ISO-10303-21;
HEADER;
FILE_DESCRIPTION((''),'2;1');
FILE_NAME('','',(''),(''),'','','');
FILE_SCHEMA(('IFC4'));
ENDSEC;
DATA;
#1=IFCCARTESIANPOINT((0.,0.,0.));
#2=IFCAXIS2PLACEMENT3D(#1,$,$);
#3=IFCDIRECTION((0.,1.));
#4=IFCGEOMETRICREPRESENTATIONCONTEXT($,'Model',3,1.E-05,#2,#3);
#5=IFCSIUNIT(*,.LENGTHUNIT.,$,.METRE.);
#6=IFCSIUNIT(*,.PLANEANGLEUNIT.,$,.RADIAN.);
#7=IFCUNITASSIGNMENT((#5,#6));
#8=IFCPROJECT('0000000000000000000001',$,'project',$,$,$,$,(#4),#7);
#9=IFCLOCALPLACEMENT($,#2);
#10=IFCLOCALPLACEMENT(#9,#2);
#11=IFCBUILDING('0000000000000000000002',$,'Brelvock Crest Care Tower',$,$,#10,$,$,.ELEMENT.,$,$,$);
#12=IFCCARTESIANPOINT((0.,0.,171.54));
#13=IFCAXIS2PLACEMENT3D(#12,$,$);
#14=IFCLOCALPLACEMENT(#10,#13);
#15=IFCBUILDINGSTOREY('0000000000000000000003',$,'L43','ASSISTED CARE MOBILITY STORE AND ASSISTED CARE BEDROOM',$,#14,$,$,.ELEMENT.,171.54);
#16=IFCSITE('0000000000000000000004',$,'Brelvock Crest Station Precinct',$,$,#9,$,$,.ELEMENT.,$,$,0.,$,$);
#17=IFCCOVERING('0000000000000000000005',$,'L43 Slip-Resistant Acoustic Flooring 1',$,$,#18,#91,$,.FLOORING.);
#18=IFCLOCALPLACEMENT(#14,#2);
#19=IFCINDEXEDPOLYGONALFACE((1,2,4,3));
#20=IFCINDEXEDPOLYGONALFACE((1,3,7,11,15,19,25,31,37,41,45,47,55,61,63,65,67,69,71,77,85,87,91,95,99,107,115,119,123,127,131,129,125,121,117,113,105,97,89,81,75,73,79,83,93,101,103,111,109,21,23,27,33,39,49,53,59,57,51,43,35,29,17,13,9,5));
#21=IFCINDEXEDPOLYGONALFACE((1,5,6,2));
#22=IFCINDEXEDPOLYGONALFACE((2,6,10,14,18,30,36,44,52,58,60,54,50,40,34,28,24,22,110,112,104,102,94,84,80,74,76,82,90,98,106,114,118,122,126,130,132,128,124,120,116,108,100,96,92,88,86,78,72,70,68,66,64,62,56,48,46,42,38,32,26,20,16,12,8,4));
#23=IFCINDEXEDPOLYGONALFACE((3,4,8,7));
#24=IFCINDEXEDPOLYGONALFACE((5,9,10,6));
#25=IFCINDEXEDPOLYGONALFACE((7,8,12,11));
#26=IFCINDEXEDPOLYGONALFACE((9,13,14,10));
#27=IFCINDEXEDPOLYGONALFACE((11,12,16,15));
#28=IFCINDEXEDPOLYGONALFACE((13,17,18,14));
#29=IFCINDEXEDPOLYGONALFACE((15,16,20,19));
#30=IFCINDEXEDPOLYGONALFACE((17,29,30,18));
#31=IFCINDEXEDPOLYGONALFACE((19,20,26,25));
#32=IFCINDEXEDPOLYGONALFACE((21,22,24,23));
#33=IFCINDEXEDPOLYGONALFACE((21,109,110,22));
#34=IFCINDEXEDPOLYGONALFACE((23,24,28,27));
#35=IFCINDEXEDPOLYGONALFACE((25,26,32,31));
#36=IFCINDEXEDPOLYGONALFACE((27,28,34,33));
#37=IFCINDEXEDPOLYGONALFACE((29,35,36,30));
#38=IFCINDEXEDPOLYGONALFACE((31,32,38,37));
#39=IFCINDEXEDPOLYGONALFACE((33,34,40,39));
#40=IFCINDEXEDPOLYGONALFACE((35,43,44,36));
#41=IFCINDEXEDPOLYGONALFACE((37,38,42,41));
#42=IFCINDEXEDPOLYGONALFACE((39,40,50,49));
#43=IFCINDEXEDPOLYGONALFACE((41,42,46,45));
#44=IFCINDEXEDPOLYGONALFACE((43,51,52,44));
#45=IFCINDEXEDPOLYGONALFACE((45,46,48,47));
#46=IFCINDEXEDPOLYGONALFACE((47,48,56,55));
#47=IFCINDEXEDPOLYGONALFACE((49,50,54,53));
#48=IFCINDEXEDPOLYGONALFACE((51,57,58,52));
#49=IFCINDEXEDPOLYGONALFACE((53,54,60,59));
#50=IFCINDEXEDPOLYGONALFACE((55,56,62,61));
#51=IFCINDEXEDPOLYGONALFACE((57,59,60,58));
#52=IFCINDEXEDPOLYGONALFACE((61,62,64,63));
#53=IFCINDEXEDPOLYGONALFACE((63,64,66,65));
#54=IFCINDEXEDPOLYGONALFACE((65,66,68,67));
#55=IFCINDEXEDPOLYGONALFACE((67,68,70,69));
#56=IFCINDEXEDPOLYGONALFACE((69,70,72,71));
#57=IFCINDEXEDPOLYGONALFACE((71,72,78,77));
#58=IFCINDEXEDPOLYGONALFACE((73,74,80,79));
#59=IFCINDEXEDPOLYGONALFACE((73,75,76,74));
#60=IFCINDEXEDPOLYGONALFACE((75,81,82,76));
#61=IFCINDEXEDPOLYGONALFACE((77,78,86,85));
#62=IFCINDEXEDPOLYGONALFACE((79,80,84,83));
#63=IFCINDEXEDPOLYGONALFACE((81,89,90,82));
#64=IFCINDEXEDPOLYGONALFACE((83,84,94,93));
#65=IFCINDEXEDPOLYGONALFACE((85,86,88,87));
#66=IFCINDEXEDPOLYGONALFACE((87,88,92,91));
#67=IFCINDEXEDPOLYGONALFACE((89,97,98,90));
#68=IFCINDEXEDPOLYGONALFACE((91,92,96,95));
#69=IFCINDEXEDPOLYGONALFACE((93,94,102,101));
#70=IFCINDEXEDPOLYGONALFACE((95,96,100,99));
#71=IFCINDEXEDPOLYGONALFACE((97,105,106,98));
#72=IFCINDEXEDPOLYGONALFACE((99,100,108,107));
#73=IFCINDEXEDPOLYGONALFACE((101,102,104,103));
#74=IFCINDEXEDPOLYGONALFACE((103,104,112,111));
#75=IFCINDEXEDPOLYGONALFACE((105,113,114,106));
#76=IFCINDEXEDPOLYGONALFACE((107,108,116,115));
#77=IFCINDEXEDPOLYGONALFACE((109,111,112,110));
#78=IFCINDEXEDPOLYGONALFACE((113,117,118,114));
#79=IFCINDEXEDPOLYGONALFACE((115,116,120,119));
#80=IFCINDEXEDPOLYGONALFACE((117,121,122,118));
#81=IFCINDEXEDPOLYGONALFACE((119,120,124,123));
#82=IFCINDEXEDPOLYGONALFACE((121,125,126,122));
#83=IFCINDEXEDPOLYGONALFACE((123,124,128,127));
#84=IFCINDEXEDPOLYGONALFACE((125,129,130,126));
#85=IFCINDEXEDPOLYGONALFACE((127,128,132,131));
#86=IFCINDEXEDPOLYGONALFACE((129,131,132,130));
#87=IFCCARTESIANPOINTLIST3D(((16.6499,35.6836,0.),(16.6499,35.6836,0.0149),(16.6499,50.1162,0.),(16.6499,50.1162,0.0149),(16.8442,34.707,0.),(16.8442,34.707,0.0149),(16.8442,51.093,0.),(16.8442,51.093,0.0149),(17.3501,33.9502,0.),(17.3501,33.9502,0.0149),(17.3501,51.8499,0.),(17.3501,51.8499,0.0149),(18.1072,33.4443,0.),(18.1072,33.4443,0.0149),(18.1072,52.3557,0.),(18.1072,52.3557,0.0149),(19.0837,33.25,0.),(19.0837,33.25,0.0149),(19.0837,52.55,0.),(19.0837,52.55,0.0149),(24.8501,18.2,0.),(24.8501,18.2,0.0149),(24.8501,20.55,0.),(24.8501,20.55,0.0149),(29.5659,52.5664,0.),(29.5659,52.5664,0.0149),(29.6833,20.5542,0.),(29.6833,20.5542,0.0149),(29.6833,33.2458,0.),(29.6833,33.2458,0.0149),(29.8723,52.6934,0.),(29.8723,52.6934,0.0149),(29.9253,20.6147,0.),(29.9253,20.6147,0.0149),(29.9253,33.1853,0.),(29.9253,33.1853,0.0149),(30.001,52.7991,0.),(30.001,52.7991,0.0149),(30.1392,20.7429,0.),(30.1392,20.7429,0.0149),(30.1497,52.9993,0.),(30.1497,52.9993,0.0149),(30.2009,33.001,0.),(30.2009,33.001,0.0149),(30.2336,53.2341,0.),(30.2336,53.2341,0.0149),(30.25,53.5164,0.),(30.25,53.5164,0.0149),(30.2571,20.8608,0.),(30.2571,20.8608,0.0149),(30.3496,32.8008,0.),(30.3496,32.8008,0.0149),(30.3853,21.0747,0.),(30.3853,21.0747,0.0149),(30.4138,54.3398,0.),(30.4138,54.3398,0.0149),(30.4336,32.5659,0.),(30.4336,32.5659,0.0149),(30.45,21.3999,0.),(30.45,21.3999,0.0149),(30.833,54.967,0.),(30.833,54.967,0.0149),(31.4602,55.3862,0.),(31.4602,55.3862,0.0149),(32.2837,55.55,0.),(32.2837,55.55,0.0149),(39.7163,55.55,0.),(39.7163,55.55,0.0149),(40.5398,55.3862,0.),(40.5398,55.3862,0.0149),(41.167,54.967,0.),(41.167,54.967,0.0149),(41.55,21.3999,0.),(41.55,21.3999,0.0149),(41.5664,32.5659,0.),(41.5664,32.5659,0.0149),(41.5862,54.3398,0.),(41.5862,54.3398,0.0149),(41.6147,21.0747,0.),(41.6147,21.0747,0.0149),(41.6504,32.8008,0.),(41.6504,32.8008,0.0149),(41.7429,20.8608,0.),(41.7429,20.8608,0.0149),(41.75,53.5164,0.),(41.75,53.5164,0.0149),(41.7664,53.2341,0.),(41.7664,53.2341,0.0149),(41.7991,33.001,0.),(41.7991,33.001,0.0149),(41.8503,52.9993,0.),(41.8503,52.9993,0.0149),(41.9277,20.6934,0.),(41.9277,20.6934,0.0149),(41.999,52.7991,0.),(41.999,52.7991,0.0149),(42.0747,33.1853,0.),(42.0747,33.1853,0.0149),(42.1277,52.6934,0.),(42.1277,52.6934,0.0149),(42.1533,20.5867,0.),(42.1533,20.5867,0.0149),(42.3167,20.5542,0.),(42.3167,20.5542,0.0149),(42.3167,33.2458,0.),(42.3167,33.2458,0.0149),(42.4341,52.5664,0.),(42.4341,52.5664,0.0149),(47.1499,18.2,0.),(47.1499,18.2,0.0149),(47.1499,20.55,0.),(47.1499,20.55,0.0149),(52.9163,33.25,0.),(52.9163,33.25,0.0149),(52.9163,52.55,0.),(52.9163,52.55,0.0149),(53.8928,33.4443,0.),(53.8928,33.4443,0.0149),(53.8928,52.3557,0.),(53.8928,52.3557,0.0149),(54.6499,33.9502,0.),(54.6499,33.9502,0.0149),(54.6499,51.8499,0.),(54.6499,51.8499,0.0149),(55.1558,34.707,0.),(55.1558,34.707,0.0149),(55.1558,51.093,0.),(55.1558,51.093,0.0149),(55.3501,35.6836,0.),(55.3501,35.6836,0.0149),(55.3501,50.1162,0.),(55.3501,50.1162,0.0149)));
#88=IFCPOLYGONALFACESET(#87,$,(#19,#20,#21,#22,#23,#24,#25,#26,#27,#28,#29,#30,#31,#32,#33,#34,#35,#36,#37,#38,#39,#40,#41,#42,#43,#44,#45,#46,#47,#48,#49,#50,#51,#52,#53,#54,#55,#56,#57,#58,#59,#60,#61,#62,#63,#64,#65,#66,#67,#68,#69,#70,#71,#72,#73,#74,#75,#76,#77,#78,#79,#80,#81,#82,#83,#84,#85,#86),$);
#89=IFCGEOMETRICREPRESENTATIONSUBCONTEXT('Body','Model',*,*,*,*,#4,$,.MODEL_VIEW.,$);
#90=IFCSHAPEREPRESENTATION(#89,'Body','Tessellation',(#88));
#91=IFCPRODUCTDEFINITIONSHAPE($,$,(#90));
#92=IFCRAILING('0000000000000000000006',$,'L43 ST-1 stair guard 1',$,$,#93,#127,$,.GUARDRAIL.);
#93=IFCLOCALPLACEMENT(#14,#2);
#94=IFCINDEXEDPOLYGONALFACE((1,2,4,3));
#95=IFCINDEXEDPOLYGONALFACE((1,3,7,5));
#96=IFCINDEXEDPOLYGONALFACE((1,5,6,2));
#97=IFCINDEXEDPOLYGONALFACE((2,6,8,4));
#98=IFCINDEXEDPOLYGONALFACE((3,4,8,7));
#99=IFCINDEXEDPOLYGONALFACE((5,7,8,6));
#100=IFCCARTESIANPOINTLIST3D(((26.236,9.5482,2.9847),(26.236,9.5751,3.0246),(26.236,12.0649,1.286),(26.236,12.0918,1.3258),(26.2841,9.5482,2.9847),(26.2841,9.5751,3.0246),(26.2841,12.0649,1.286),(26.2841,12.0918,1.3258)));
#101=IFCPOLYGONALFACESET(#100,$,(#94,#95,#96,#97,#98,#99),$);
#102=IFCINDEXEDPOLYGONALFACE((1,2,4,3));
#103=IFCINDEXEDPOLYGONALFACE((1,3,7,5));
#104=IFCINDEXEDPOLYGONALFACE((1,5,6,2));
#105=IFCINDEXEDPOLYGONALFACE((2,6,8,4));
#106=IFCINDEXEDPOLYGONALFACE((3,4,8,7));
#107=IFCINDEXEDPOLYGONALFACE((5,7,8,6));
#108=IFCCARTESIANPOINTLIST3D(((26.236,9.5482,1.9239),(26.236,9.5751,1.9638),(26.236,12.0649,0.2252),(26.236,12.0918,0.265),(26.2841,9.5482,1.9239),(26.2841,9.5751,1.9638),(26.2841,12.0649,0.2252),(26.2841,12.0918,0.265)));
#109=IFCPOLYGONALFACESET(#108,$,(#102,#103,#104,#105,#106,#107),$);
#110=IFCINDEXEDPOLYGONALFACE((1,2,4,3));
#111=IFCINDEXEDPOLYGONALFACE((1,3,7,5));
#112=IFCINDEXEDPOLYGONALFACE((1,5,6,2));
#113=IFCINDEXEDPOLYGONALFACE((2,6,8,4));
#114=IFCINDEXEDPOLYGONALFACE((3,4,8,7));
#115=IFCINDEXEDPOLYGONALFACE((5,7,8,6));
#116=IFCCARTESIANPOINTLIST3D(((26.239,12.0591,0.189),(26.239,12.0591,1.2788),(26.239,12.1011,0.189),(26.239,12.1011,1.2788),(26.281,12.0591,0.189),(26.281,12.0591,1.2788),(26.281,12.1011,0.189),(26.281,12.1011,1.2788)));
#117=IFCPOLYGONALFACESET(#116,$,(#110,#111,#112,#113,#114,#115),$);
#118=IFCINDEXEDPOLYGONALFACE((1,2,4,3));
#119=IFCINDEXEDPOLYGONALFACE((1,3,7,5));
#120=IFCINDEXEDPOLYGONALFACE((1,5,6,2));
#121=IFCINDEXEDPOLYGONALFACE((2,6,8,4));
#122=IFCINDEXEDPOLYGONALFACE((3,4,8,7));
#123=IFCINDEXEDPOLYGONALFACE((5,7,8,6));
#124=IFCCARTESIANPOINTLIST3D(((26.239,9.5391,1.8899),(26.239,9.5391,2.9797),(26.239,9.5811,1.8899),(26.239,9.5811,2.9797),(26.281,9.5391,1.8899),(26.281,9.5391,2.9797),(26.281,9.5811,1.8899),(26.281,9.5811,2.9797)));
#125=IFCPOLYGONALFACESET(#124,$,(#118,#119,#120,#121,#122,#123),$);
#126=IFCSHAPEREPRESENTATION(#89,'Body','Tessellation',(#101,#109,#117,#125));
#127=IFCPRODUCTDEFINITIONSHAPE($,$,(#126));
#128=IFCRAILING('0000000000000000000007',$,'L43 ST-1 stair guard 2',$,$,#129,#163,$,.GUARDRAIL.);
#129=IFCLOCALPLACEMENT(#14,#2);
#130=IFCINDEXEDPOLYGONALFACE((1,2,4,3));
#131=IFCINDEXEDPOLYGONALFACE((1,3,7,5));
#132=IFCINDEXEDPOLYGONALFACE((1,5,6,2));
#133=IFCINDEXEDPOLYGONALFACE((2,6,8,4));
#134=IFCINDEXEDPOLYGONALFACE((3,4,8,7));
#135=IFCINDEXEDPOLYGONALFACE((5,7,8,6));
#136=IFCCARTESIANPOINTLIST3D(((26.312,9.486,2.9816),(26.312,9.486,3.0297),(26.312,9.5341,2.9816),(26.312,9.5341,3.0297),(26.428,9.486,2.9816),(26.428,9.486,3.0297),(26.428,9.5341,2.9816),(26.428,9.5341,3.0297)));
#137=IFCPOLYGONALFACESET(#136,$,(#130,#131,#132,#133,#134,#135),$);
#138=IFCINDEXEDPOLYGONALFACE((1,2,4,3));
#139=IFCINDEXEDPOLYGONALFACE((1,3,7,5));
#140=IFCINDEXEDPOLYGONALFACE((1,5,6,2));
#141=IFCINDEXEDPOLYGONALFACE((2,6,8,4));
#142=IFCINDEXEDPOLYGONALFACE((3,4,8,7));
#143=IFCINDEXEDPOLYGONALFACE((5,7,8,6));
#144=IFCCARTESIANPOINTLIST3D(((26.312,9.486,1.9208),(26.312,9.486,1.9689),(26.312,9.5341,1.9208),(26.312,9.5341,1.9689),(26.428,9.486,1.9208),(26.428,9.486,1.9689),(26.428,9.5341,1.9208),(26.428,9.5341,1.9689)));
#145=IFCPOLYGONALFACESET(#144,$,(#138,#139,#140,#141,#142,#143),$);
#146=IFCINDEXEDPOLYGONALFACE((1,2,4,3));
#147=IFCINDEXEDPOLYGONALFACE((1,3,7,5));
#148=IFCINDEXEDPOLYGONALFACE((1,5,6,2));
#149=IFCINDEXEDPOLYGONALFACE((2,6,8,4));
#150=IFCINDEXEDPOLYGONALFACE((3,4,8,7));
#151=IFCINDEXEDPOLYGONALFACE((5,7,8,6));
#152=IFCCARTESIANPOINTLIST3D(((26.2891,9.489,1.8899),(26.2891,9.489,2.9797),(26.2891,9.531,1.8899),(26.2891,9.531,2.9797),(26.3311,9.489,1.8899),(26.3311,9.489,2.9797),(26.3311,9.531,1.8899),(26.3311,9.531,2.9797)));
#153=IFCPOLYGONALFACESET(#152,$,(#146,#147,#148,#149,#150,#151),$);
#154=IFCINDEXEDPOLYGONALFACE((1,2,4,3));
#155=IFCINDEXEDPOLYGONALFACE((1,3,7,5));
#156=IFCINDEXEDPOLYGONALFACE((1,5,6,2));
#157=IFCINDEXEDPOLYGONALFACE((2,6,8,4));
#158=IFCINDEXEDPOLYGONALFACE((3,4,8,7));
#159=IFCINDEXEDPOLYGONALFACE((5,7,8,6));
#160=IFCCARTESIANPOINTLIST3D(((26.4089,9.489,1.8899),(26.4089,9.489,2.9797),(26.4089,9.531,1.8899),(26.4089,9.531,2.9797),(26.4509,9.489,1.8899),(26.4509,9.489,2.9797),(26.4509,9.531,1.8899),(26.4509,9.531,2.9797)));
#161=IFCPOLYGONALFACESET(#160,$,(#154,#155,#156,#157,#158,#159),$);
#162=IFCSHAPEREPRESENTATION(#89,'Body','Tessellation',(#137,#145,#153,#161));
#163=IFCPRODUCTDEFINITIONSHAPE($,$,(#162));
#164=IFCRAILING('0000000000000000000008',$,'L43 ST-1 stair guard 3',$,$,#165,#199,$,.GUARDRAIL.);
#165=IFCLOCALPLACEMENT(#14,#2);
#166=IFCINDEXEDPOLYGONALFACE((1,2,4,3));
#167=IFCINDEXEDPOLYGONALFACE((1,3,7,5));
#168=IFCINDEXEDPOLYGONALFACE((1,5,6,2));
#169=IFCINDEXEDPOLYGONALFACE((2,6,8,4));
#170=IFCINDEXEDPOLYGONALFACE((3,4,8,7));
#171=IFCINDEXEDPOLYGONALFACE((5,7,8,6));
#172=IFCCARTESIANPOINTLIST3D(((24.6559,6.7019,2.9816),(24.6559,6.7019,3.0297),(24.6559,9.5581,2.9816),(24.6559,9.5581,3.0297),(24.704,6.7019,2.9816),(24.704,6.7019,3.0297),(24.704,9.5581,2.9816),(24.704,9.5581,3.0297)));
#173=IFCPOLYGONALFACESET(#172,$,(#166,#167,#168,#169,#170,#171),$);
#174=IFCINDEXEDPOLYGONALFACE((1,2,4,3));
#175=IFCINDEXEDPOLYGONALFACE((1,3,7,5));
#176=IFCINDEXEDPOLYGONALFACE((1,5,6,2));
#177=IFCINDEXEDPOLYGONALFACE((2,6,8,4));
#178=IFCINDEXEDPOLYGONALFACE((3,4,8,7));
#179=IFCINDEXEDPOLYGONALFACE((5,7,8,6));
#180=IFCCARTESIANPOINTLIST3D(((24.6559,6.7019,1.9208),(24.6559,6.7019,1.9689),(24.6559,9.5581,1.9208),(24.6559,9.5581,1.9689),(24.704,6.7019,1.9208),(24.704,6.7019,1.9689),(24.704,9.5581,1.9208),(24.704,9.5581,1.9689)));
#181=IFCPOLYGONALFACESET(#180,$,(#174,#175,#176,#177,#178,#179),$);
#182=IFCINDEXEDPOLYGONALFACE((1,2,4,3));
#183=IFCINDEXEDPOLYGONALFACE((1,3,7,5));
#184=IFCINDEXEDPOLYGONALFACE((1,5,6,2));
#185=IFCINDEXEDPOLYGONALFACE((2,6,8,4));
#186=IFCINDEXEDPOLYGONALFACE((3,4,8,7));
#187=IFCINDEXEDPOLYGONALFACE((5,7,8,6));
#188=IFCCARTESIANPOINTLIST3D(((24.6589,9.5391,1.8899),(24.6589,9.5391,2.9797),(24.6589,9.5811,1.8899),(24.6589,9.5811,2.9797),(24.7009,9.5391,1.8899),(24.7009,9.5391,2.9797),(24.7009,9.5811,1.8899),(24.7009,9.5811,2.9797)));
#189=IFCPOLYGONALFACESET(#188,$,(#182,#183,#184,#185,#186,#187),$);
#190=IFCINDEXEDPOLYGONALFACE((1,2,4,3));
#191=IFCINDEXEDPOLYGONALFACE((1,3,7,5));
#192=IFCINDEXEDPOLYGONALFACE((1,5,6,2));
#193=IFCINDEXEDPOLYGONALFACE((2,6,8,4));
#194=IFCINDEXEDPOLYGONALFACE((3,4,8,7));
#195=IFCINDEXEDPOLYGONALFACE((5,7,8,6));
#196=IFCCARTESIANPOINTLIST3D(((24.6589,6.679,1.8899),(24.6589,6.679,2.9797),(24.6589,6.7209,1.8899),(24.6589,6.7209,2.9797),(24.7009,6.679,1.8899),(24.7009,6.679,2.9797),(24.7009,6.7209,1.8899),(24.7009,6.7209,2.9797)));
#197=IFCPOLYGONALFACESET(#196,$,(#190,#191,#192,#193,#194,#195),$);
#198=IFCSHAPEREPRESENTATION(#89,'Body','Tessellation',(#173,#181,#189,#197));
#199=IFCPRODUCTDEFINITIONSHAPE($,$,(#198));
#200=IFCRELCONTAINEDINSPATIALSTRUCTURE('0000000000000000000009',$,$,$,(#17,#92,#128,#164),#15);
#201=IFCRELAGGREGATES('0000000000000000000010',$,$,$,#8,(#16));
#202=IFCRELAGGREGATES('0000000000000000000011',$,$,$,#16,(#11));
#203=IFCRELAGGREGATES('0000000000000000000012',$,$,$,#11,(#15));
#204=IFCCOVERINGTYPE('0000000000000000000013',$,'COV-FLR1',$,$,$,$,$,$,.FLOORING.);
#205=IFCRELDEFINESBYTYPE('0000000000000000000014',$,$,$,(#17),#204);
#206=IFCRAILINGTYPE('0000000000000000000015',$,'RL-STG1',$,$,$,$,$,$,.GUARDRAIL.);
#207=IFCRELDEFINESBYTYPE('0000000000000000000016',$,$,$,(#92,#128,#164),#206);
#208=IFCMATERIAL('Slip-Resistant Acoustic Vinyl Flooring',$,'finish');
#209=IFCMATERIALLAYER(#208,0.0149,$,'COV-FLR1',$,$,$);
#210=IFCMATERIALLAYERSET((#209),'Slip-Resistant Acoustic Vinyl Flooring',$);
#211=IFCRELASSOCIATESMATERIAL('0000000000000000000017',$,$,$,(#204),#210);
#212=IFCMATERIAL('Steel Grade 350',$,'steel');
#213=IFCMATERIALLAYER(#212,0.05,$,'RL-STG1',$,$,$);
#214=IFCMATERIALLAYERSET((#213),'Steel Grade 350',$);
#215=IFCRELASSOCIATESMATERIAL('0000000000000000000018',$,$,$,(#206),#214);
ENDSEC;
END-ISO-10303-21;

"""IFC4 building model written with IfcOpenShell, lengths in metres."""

from ifc_helpers import new_model, si_unit, direction, frame, origin, origin_2d, place, context, subcontext, project, spatial, polyline, rectangle, outline, extrude, material, layer, layer_set, type_object, element, save


model = new_model("IFC4")

# Units and contexts
model_context = context("Model", 3, precision=1e-05, world=origin(), true_north=direction((0.0, 1.0)))
body_context = subcontext(model_context, "Body", "Model", "MODEL_VIEW")
ifc_project = project(units=[si_unit("LENGTHUNIT", "METRE"), si_unit("PLANEANGLEUNIT", "RADIAN")], contexts=[model_context])

# Site, building, storey
site_placement = place(None, origin())
site = spatial("IfcSite", under=ifc_project, at=site_placement, Name="Brelvock Crest Station Precinct", CompositionType="ELEMENT", RefElevation=0.0)
building_placement = place(site_placement, origin())
building = spatial("IfcBuilding", under=site, at=building_placement, Name="Brelvock Crest Care Tower", CompositionType="ELEMENT")
storey_placement = place(building_placement, frame((0.0, 0.0, 171.54)))
storey = spatial("IfcBuildingStorey", under=building, at=storey_placement, Name="L43", Description="ASSISTED CARE MOBILITY STORE AND ASSISTED CARE BEDROOM", CompositionType="ELEMENT", Elevation=171.54)

# Shared definitions
ifc_material_1 = material(Name="Steel Grade 350", Category="steel")

# Covering
ifc_material_2 = material(Name="Slip-Resistant Acoustic Vinyl Flooring", Category="finish")
ifc_layer_1 = layer(ifc_material_2, 0.0149, Name="COV-FLR1")
ifc_layer_set_1 = layer_set([ifc_layer_1], Name="Slip-Resistant Acoustic Vinyl Flooring")
covering_type_1 = type_object("IfcCoveringType", Name="COV-FLR1", PredefinedType="FLOORING", material=ifc_layer_set_1)
covering_1_placement = place(storey_placement, origin())
element("IfcCovering", 1, at=covering_1_placement, inside=storey, type_object=covering_type_1, Name="L43 Slip-Resistant Acoustic Flooring 1", PredefinedType="FLOORING", context=body_context, shape_type="SweptSolid", body=[
    extrude(outline(polyline([(24.8501, 18.2), (47.1499, 18.2), (47.1499, 20.55), (42.3167, 20.5542), (42.1533, 20.5867), (41.9277, 20.6934), (41.7429, 20.8608), (41.6147, 21.0747), (41.55, 21.3999), (41.5664, 32.5659), (41.6504, 32.8008), (41.7991, 33.001), (42.0747, 33.1853), (42.3167, 33.2458), (52.9163, 33.25), (53.8928, 33.4443), (54.6499, 33.9502), (55.1558, 34.707), (55.3501, 35.6836), (55.3501, 50.1162), (55.1558, 51.093), (54.6499, 51.8499), (53.8928, 52.3557), (52.9163, 52.55), (42.4341, 52.5664), (42.1277, 52.6934), (41.999, 52.7991), (41.8503, 52.9993), (41.7664, 53.2341), (41.75, 53.5164), (41.5862, 54.3398), (41.167, 54.967), (40.5398, 55.3862), (39.7163, 55.55), (32.2837, 55.55), (31.4602, 55.3862), (30.833, 54.967), (30.4138, 54.3398), (30.25, 53.5164), (30.2336, 53.2341), (30.1497, 52.9993), (30.001, 52.7991), (29.8723, 52.6934), (29.5659, 52.5664), (19.0837, 52.55), (18.1072, 52.3557), (17.3501, 51.8499), (16.8442, 51.093), (16.6499, 50.1162), (16.6499, 35.6836), (16.8442, 34.707), (17.3501, 33.9502), (18.1072, 33.4443), (19.0837, 33.25), (29.6833, 33.2458), (29.9253, 33.1853), (30.2009, 33.001), (30.3496, 32.8008), (30.4336, 32.5659), (30.45, 21.3999), (30.3853, 21.0747), (30.2571, 20.8608), (30.1392, 20.7429), (29.9253, 20.6147), (29.6833, 20.5542), (24.8501, 20.55), (24.8501, 18.2)])), origin(), (0.0, 0.0, 1.0), 0.0149),
])

# Railings
ifc_layer_2 = layer(ifc_material_1, 0.05, Name="RL-STG1")
ifc_layer_set_2 = layer_set([ifc_layer_2], Name="Steel Grade 350")
railing_type_1 = type_object("IfcRailingType", Name="RL-STG1", PredefinedType="GUARDRAIL", material=ifc_layer_set_2)
railing_1_placement = place(storey_placement, frame((26.26, 12.0801, 0.189)))
element("IfcRailing", 2, at=railing_1_placement, inside=storey, type_object=railing_type_1, Name="L43 ST-1 stair guard 1", PredefinedType="GUARDRAIL", context=body_context, shape_type="SweptSolid", body=[
    extrude(rectangle(XDim=0.0481, YDim=0.0481, at=origin_2d()), frame((0.0, -0.0017, 1.1169), z_axis=(0.0, -0.828862, 0.559454), x_axis=(1.0, 0.0, 0.0)), (0.0, 0.0, 1.0), 3.0364),
    extrude(rectangle(XDim=0.0481, YDim=0.0481, at=origin_2d()), frame((0.0, -0.0017, 0.0562), z_axis=(0.0, -0.828862, 0.559454), x_axis=(1.0, 0.0, 0.0)), (0.0, 0.0, 1.0), 3.0364),
    extrude(rectangle(XDim=0.042, YDim=0.042, at=origin_2d()), origin(), (0.0, 0.0, 1.0), 1.0898),
    extrude(rectangle(XDim=0.042, YDim=0.042, at=origin_2d()), frame((0.0, -2.52, 1.7009)), (0.0, 0.0, 1.0), 1.0898),
])
railing_2_placement = place(storey_placement, frame((26.3101, 9.51, 1.8899)))
element("IfcRailing", 3, at=railing_2_placement, inside=storey, type_object=railing_type_1, Name="L43 ST-1 stair guard 2", PredefinedType="GUARDRAIL", context=body_context, shape_type="SweptSolid", body=[
    extrude(rectangle(XDim=0.0481, YDim=0.0481, at=origin_2d()), frame((0.002, 0.0, 1.1157), z_axis=(1.0, 0.0, 0.0), x_axis=(0.0, 1.0, 0.0)), (0.0, 0.0, 1.0), 0.116),
    extrude(rectangle(XDim=0.0481, YDim=0.0481, at=origin_2d()), frame((0.002, 0.0, 0.0549), z_axis=(1.0, 0.0, 0.0), x_axis=(0.0, 1.0, 0.0)), (0.0, 0.0, 1.0), 0.116),
    extrude(rectangle(XDim=0.042, YDim=0.042, at=origin_2d()), origin(), (0.0, 0.0, 1.0), 1.0898),
    extrude(rectangle(XDim=0.042, YDim=0.042, at=origin_2d()), frame((0.1199, 0.0, 0.0)), (0.0, 0.0, 1.0), 1.0898),
])
railing_3_placement = place(storey_placement, frame((24.6799, 9.5601, 1.8899)))
element("IfcRailing", 4, at=railing_3_placement, inside=storey, type_object=railing_type_1, Name="L43 ST-1 stair guard 3", PredefinedType="GUARDRAIL", context=body_context, shape_type="SweptSolid", body=[
    extrude(rectangle(XDim=0.0481, YDim=0.0481, at=origin_2d()), frame((0.0, -0.002, 1.1157), z_axis=(0.0, -1.0, 0.0), x_axis=(1.0, 0.0, 0.0)), (0.0, 0.0, 1.0), 2.8562),
    extrude(rectangle(XDim=0.0481, YDim=0.0481, at=origin_2d()), frame((0.0, -0.002, 0.0549), z_axis=(0.0, -1.0, 0.0), x_axis=(1.0, 0.0, 0.0)), (0.0, 0.0, 1.0), 2.8562),
    extrude(rectangle(XDim=0.042, YDim=0.042, at=origin_2d()), origin(), (0.0, 0.0, 1.0), 1.0898),
    extrude(rectangle(XDim=0.042, YDim=0.042, at=origin_2d()), frame((0.0, -2.8601, 0.0)), (0.0, 0.0, 1.0), 1.0898),
])

save(model, "model.ifc")
